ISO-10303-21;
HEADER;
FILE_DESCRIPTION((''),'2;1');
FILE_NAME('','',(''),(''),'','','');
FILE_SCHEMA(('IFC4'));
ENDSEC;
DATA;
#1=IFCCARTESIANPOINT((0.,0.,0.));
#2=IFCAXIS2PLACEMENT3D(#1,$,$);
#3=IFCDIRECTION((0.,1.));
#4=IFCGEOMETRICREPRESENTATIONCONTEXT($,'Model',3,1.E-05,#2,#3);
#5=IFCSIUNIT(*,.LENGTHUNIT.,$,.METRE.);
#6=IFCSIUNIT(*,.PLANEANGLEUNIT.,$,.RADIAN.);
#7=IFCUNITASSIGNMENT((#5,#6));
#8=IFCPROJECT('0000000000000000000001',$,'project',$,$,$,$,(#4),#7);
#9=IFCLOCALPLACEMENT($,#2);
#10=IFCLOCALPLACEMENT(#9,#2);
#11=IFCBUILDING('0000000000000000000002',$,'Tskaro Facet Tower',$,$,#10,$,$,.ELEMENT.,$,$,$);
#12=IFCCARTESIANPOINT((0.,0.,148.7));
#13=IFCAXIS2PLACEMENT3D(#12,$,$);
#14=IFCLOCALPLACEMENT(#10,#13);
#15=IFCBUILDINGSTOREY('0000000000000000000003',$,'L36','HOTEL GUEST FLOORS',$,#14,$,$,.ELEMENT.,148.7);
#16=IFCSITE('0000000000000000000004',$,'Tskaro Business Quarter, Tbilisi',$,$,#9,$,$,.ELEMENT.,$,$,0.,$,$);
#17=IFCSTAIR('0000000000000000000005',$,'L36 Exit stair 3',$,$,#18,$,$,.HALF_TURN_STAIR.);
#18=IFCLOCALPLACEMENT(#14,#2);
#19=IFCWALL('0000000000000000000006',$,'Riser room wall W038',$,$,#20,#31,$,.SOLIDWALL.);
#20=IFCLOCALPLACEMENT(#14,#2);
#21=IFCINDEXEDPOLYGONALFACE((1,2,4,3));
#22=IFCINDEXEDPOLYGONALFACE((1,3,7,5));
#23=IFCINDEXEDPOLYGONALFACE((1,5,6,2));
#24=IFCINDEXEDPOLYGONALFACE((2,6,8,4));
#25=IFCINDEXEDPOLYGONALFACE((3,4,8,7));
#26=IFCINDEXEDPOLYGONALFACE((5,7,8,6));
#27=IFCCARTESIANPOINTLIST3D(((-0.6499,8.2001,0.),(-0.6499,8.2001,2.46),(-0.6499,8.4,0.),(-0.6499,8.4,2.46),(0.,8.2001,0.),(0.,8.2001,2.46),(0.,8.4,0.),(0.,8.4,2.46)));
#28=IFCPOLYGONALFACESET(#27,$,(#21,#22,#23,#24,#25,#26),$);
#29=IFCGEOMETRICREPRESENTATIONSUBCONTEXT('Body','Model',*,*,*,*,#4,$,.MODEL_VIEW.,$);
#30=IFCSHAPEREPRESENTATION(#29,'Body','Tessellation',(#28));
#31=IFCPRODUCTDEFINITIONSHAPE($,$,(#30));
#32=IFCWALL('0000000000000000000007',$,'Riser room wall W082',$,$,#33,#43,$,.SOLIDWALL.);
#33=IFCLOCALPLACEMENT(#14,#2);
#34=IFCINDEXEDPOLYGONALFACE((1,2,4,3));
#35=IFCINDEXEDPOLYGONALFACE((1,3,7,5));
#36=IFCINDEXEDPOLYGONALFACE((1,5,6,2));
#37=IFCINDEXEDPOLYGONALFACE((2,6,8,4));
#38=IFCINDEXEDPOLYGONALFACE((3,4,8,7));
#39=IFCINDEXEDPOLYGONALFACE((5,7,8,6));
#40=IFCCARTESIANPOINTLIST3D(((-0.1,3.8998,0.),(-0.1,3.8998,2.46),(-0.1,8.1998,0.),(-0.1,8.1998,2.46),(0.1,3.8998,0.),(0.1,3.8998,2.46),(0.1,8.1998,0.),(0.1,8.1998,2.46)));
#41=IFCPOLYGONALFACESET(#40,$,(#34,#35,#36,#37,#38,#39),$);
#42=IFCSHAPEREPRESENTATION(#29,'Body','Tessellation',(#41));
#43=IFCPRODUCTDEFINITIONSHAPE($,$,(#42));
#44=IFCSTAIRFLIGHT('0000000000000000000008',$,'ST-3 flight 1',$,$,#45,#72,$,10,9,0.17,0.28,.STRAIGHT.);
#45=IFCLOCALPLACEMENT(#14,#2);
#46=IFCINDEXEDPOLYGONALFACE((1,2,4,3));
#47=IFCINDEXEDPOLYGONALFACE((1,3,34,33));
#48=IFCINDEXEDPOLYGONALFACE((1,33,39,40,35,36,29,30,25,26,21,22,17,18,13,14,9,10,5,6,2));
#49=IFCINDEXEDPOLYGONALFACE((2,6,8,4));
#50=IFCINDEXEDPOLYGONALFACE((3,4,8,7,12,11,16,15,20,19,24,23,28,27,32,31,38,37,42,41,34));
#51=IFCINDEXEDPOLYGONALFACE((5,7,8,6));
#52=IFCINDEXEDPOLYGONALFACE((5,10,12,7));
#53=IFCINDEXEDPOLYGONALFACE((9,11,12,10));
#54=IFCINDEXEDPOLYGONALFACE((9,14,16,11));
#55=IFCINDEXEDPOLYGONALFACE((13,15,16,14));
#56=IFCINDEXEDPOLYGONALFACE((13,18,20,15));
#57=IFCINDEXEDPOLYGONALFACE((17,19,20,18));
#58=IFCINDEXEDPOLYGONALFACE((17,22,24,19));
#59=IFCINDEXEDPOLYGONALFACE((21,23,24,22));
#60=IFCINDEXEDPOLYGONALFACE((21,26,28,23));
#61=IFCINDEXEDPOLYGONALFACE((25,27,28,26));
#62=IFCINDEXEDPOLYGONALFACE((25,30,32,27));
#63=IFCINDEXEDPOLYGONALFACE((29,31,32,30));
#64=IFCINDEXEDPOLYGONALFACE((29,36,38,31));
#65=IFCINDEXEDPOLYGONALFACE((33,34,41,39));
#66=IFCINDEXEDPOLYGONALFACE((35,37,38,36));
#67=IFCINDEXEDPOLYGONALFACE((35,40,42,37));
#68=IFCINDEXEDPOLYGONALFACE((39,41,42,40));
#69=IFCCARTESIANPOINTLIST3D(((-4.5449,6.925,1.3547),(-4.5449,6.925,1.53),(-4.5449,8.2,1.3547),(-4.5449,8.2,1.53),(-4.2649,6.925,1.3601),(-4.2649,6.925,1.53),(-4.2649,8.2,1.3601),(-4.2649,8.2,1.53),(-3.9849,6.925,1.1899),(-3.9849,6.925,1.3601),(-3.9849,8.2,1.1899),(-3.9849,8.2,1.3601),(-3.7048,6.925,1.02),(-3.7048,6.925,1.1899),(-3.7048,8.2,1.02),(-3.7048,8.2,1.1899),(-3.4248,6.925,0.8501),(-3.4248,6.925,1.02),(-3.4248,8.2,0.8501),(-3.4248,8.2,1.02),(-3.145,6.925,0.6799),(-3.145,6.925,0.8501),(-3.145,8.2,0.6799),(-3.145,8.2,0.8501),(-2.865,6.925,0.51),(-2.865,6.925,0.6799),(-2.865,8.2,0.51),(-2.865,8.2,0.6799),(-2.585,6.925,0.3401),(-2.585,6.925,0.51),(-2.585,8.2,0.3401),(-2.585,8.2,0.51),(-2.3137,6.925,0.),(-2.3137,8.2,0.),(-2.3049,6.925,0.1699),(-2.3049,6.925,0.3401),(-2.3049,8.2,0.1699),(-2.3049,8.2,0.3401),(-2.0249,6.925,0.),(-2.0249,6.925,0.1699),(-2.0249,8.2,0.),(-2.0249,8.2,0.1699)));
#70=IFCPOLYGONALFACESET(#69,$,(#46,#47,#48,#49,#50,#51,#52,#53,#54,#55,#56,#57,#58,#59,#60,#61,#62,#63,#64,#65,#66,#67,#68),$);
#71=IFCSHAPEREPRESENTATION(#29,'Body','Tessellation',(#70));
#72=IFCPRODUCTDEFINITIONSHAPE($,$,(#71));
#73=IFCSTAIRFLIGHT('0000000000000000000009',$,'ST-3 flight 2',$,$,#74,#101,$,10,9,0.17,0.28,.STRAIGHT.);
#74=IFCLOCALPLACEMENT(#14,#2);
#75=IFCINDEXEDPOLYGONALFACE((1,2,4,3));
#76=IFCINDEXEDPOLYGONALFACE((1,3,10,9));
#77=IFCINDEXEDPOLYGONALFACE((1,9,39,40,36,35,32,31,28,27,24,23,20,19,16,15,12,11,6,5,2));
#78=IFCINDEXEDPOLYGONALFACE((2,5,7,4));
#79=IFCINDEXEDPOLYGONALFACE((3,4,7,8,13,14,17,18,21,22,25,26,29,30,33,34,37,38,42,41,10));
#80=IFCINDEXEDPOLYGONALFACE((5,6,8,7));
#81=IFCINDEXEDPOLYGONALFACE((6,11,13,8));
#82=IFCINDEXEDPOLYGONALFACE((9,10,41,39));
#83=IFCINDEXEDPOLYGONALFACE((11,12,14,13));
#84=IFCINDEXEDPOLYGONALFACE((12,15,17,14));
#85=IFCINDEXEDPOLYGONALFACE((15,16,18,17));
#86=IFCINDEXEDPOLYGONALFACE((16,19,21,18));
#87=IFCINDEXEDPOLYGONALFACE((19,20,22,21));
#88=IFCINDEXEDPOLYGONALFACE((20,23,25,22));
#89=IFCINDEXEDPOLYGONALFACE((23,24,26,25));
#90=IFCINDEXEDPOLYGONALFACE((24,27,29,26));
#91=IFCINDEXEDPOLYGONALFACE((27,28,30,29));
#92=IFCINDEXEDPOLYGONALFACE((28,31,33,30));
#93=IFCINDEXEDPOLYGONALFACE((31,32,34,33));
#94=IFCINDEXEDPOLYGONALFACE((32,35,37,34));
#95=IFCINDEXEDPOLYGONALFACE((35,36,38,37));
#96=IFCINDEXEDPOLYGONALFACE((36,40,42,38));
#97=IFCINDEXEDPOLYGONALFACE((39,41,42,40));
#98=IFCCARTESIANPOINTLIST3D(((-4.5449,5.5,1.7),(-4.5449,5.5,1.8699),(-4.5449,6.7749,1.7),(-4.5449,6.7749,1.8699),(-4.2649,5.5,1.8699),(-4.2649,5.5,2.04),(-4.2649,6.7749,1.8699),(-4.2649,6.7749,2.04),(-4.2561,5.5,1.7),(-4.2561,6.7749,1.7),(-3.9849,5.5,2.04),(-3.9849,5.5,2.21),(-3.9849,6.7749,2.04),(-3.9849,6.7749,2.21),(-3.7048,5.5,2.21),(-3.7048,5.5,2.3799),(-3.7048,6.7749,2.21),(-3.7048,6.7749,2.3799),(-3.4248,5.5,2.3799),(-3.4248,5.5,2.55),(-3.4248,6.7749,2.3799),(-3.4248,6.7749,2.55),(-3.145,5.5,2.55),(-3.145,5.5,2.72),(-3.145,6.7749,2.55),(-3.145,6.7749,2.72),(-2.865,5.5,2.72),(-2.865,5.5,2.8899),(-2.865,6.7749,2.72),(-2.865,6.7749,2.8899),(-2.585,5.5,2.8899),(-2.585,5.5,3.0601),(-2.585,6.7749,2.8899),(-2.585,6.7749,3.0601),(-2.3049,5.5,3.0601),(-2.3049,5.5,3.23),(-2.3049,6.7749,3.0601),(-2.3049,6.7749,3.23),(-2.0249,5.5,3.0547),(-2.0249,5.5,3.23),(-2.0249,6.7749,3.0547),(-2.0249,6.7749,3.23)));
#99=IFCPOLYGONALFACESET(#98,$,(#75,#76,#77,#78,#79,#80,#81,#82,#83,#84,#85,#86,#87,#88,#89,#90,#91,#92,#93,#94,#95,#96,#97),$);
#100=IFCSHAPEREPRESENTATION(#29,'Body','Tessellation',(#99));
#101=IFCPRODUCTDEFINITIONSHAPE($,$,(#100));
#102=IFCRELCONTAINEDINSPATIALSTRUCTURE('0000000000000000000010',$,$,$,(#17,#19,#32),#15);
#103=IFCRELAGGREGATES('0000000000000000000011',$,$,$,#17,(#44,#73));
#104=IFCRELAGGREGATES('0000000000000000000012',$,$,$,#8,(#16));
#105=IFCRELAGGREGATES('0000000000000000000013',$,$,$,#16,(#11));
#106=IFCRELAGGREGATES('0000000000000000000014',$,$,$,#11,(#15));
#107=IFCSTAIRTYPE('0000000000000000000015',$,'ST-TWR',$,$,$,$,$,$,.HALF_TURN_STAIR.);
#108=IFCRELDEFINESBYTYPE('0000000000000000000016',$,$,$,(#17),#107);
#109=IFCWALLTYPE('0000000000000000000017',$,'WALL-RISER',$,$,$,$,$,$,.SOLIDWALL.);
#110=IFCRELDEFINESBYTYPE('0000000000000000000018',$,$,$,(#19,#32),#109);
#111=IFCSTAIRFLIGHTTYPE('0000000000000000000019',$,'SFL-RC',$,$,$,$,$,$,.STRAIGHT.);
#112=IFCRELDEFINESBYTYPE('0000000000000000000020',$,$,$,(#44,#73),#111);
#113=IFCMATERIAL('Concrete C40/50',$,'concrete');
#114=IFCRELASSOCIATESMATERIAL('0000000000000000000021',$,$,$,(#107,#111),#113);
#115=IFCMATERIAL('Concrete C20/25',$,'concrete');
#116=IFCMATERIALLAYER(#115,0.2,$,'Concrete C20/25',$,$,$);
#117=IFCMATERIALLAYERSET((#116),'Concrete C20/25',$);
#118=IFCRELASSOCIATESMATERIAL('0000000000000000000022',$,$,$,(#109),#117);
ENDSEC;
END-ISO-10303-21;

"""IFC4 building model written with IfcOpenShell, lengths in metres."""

from ifc_helpers import new_model, si_unit, direction, frame, frame_2d, origin, place, context, subcontext, project, spatial, polyline, rectangle, outline, extrude, material, layer, layer_set, type_object, element, aggregate, save


model = new_model("IFC4")

# Units and contexts
model_context = context("Model", 3, precision=1e-05, world=origin(), true_north=direction((0.0, 1.0)))
body_context = subcontext(model_context, "Body", "Model", "MODEL_VIEW")
ifc_project = project(units=[si_unit("LENGTHUNIT", "METRE"), si_unit("PLANEANGLEUNIT", "RADIAN")], contexts=[model_context])

# Site, building, storey
site_placement = place(None, origin())
site = spatial("IfcSite", under=ifc_project, at=site_placement, Name="Tskaro Business Quarter, Tbilisi", CompositionType="ELEMENT", RefElevation=0.0)
building_placement = place(site_placement, origin())
building = spatial("IfcBuilding", under=site, at=building_placement, Name="Tskaro Facet Tower", CompositionType="ELEMENT")
storey_placement = place(building_placement, frame((0.0, 0.0, 148.7)))
storey = spatial("IfcBuildingStorey", under=building, at=storey_placement, Name="L36", Description="HOTEL GUEST FLOORS", CompositionType="ELEMENT", Elevation=148.7)

# Stair
ifc_material_1 = material(Name="Concrete C40/50", Category="concrete")
stair_type = type_object("IfcStairType", Name="ST-TWR", PredefinedType="HALF_TURN_STAIR", material=ifc_material_1)
stair_1_placement = place(storey_placement, origin())
stair_1 = element("IfcStair", 1, at=stair_1_placement, inside=storey, type_object=stair_type, Name="L36 Exit stair 3", PredefinedType="HALF_TURN_STAIR")

# Walls
ifc_material_2 = material(Name="Concrete C20/25", Category="concrete")
ifc_layer_1 = layer(ifc_material_2, 0.2, Name="Concrete C20/25")
ifc_layer_set_1 = layer_set([ifc_layer_1], Name="Concrete C20/25")
wall_type_1 = type_object("IfcWallType", Name="WALL-RISER", PredefinedType="SOLIDWALL", material=ifc_layer_set_1)
wall_1_placement = place(storey_placement, frame((-0.6499, 8.3, 0.0), z_axis=(0.0, 0.0, 1.0), x_axis=(1.0, 0.0, 0.0)))
element("IfcWall", 2, at=wall_1_placement, inside=storey, type_object=wall_type_1, Name="Riser room wall W038", PredefinedType="SOLIDWALL", context=body_context, shape_type="SweptSolid", body=[
    extrude(rectangle(XDim=0.6499, YDim=0.2, at=frame_2d((0.325, 0.0))), origin(), (0.0, 0.0, 1.0), 2.46),
])
wall_2_placement = place(storey_placement, frame((0.0, 3.8999, 0.0), z_axis=(0.0, 0.0, 1.0), x_axis=(0.0, 1.0, 0.0)))
element("IfcWall", 3, at=wall_2_placement, inside=storey, type_object=wall_type_1, Name="Riser room wall W082", PredefinedType="SOLIDWALL", context=body_context, shape_type="SweptSolid", body=[
    extrude(rectangle(XDim=4.3, YDim=0.2, at=frame_2d((2.1499, 0.0))), origin(), (0.0, 0.0, 1.0), 2.46),
])

# Stair flights
stair_flight_type = type_object("IfcStairFlightType", Name="SFL-RC", PredefinedType="STRAIGHT", material=ifc_material_1)
stair_flight_1_placement = place(storey_placement, frame((-2.0249, 7.5625, 0.0), z_axis=(0.0, 0.0, 1.0), x_axis=(-1.0, 0.0, 0.0)))
stair_flight_1 = element("IfcStairFlight", 4, at=stair_flight_1_placement, type_object=stair_flight_type, Name="ST-3 flight 1", NumberOfRisers=10, NumberOfTreads=9, PredefinedType="STRAIGHT", RiserHeight=0.17, TreadLength=0.28, context=body_context, shape_type="SweptSolid", body=[
    extrude(outline(polyline([(0.0, 0.0), (0.0, 0.1699), (0.28, 0.1699), (0.28, 0.3401), (0.5601, 0.3401), (0.5601, 0.51), (0.8401, 0.51), (0.8401, 0.6799), (1.1201, 0.6799), (1.1201, 0.8501), (1.3999, 0.8501), (1.3999, 1.02), (1.6799, 1.02), (1.6799, 1.1899), (1.96, 1.1899), (1.96, 1.3601), (2.24, 1.3601), (2.24, 1.53), (2.52, 1.53), (2.52, 1.7), (2.52, 1.3547), (0.2888, 0.0), (0.0, 0.0)])), frame((0.0, 0.6375, 0.0), z_axis=(0.0, -1.0, 0.0), x_axis=(1.0, 0.0, 0.0)), (0.0, 0.0, 1.0), 1.2749),
])
stair_flight_2_placement = place(storey_placement, frame((-4.5449, 6.1375, 1.7), z_axis=(0.0, 0.0, 1.0), x_axis=(1.0, 0.0, 0.0)))
stair_flight_2 = element("IfcStairFlight", 5, at=stair_flight_2_placement, type_object=stair_flight_type, Name="ST-3 flight 2", NumberOfRisers=10, NumberOfTreads=9, PredefinedType="STRAIGHT", RiserHeight=0.17, TreadLength=0.28, context=body_context, shape_type="SweptSolid", body=[
    extrude(outline(polyline([(0.0, 0.0), (0.0, 0.1699), (0.28, 0.1699), (0.28, 0.3401), (0.5601, 0.3401), (0.5601, 0.51), (0.8401, 0.51), (0.8401, 0.6799), (1.1201, 0.6799), (1.1201, 0.8501), (1.3999, 0.8501), (1.3999, 1.02), (1.6799, 1.02), (1.6799, 1.1899), (1.96, 1.1899), (1.96, 1.3601), (2.24, 1.3601), (2.24, 1.53), (2.52, 1.53), (2.52, 1.7), (2.52, 1.3547), (0.2888, 0.0), (0.0, 0.0)])), frame((0.0, 0.6375, 0.0), z_axis=(0.0, -1.0, 0.0), x_axis=(1.0, 0.0, 0.0)), (0.0, 0.0, 1.0), 1.2749),
])
aggregate(stair_1, [stair_flight_1, stair_flight_2])

save(model, "model.ifc")
